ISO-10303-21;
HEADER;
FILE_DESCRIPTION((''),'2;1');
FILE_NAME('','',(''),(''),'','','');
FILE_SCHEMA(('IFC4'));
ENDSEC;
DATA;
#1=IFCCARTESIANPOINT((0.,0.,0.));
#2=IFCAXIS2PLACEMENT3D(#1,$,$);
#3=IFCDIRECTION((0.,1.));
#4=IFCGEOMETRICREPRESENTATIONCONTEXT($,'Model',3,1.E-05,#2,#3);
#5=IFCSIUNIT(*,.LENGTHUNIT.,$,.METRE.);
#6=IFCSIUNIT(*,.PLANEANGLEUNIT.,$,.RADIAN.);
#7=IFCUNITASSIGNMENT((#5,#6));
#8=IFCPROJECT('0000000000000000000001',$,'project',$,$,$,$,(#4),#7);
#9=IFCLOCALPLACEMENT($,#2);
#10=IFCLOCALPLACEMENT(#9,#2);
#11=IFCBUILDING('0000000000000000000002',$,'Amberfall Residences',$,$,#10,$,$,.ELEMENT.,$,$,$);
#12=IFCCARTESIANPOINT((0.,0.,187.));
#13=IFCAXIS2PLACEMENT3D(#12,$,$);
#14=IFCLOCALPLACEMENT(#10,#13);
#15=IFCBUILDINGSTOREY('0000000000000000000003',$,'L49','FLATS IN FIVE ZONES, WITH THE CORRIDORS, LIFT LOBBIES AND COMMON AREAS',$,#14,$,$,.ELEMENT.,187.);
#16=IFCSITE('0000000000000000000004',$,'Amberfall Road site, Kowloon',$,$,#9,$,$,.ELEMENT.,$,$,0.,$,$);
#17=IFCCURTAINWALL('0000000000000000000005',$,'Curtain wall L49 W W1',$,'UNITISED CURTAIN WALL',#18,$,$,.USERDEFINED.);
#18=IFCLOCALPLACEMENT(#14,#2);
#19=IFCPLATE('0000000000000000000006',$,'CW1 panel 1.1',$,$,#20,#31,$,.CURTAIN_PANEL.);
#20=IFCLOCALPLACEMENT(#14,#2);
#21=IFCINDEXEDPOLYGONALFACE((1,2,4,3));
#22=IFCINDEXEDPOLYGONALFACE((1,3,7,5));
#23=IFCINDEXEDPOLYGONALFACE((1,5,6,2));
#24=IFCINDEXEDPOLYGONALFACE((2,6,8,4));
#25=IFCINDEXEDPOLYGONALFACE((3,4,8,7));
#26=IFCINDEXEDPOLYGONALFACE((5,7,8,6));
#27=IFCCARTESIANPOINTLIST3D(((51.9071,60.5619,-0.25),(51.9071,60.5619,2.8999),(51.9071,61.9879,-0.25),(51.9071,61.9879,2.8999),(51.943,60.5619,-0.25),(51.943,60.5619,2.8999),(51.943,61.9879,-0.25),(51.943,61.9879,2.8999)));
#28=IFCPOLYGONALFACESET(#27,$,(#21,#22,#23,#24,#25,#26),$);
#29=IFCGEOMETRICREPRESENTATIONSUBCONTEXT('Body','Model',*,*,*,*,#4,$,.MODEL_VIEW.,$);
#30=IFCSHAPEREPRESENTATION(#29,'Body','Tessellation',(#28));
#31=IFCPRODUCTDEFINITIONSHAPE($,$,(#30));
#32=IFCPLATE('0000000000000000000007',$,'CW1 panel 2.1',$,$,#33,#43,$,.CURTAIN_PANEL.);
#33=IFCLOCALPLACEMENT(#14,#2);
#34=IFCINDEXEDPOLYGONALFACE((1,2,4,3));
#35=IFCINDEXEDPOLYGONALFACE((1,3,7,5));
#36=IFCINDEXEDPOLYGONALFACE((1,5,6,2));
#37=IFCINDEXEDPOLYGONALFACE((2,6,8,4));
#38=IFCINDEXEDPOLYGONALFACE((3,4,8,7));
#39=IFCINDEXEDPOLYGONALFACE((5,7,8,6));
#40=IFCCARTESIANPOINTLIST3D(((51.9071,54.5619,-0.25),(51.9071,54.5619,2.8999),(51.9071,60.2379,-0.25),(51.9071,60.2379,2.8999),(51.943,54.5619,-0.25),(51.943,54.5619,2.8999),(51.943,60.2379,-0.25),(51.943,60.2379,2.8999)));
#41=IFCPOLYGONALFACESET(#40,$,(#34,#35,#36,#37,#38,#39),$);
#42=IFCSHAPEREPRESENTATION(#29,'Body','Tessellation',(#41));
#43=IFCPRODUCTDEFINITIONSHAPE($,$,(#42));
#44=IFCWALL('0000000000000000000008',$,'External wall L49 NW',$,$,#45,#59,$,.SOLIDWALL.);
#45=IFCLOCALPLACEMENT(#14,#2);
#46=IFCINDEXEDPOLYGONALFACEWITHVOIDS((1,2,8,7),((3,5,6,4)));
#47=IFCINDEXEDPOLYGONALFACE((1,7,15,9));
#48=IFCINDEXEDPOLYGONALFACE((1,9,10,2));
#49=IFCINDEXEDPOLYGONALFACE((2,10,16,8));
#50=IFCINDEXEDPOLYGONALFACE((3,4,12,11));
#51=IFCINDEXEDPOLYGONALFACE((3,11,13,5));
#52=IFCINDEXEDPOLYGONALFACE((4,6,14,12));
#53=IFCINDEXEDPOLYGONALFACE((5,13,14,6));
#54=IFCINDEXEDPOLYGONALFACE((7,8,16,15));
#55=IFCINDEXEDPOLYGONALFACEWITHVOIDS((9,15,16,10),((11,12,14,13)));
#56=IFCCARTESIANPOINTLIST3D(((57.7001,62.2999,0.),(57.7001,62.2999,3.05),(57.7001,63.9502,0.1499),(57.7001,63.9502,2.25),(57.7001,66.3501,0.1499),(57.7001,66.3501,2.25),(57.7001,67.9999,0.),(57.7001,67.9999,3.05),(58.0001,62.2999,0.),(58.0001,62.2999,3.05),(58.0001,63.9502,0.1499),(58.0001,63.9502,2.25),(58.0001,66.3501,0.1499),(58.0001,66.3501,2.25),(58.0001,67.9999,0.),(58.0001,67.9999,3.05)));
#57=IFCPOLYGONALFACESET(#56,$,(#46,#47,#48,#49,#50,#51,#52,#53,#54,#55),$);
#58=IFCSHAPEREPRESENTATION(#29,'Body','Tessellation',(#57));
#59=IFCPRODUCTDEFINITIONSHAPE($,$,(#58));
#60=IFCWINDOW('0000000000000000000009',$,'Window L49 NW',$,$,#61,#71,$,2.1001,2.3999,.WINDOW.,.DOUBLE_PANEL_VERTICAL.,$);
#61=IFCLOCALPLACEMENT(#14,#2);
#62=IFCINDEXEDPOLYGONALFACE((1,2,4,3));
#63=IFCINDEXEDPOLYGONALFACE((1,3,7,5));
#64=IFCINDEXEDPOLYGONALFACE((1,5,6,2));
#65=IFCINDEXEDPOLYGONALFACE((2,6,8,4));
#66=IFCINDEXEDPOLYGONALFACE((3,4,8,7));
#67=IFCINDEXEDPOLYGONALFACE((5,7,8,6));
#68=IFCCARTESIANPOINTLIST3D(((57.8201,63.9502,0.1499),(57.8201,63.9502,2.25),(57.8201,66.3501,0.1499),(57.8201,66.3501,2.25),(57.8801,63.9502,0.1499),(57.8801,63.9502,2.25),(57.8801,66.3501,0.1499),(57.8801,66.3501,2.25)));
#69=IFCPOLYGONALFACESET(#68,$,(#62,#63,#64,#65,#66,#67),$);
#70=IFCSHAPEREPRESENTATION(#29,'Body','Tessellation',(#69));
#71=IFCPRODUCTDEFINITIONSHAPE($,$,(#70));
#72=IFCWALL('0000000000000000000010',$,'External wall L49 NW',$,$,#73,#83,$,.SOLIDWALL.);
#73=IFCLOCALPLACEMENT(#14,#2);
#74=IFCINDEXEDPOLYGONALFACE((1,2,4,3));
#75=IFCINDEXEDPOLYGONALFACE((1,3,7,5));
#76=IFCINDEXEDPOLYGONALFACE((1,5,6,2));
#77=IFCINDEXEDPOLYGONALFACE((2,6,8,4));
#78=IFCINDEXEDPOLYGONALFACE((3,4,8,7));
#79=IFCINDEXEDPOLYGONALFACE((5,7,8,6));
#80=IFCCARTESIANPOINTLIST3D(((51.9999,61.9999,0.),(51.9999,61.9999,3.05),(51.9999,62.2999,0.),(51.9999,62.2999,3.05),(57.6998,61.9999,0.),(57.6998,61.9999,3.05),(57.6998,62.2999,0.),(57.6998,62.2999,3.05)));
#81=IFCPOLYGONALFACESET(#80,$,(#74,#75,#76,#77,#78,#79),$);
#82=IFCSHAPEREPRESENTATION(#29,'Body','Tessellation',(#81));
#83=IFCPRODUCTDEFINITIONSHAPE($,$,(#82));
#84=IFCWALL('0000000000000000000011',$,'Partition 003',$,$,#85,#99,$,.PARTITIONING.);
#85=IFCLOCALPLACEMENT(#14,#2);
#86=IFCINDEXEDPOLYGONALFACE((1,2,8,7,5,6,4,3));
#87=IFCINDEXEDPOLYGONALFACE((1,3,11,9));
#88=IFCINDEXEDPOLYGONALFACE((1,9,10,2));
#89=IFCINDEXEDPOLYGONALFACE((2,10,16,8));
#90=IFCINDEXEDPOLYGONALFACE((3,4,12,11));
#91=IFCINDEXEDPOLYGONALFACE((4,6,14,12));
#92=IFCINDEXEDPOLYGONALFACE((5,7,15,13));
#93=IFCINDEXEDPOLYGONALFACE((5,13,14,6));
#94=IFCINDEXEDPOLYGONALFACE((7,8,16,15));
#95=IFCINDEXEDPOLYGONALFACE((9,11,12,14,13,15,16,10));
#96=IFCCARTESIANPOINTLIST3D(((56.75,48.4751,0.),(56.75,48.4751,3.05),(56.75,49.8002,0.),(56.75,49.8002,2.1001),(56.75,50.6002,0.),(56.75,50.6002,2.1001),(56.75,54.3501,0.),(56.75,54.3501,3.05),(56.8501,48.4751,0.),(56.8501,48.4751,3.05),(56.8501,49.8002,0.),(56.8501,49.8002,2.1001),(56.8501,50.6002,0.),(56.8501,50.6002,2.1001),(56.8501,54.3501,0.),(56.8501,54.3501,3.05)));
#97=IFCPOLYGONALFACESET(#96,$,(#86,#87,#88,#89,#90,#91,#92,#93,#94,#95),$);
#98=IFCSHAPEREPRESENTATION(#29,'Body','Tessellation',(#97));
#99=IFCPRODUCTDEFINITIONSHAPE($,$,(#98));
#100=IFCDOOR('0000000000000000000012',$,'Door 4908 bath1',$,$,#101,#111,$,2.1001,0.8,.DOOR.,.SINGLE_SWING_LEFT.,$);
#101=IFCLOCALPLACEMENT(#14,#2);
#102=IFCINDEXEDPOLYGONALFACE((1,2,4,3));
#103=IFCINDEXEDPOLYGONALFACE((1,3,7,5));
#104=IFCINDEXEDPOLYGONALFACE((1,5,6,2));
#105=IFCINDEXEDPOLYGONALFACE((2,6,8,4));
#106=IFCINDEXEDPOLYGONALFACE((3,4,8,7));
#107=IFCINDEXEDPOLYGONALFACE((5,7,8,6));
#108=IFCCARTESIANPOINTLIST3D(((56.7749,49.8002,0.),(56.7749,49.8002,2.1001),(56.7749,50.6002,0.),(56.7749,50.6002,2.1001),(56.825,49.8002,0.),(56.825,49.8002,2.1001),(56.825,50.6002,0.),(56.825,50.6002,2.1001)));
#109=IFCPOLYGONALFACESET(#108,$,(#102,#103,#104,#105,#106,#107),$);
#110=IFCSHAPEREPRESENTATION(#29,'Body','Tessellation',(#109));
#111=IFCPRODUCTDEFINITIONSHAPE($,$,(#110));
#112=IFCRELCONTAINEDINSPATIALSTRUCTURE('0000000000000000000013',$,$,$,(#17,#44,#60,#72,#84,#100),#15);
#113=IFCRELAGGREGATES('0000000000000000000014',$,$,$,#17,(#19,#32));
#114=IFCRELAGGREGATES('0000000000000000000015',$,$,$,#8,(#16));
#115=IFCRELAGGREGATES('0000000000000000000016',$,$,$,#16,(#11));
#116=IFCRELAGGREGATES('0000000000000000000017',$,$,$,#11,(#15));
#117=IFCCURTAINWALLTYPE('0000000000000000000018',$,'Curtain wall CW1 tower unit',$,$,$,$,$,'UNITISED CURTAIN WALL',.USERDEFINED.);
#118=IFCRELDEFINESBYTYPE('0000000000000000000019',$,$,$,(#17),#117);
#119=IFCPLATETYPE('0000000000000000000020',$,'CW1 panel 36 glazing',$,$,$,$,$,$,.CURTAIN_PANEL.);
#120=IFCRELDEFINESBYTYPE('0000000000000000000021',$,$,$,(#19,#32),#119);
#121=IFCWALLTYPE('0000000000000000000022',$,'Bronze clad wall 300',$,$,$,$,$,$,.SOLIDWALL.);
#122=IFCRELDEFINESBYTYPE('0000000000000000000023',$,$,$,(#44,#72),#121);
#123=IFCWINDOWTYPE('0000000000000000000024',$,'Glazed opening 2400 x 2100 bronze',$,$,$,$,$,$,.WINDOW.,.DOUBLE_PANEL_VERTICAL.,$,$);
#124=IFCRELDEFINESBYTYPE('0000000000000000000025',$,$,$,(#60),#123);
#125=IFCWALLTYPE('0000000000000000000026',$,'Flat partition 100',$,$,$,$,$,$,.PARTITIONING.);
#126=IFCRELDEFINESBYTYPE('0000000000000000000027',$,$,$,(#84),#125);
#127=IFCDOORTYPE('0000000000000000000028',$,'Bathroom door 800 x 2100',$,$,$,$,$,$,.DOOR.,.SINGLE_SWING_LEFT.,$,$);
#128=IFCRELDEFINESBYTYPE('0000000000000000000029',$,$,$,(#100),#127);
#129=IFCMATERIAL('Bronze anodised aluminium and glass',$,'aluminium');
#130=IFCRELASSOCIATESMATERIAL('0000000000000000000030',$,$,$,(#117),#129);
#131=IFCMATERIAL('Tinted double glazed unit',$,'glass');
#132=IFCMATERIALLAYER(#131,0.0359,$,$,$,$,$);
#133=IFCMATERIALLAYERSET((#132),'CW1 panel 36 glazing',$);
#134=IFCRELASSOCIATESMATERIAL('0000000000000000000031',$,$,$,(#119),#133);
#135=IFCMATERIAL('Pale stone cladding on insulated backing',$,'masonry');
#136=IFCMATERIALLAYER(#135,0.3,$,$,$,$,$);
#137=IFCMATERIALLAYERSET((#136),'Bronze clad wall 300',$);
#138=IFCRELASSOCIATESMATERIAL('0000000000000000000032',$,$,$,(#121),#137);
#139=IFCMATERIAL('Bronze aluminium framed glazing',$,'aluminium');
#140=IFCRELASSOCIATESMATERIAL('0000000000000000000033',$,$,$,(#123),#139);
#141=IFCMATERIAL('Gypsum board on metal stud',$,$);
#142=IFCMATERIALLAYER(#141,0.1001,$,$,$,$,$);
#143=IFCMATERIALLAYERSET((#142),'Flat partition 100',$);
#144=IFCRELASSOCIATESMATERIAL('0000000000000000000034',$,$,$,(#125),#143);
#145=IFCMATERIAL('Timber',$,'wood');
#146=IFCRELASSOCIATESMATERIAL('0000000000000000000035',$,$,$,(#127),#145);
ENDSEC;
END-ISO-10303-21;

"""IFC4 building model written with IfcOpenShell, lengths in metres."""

from ifc_helpers import new_model, si_unit, direction, frame, frame_2d, origin, origin_2d, place, context, subcontext, project, spatial, rectangle, extrude, material, layer, layer_set, type_object, element, fill, aggregate, save


model = new_model("IFC4")

# Units and contexts
model_context = context("Model", 3, precision=1e-05, world=origin(), true_north=direction((0.0, 1.0)))
body_context = subcontext(model_context, "Body", "Model", "MODEL_VIEW")
ifc_project = project(units=[si_unit("LENGTHUNIT", "METRE"), si_unit("PLANEANGLEUNIT", "RADIAN")], contexts=[model_context])

# Site, building, storey
site_placement = place(None, origin())
site = spatial("IfcSite", under=ifc_project, at=site_placement, Name="Amberfall Road site, Kowloon", CompositionType="ELEMENT", RefElevation=0.0)
building_placement = place(site_placement, origin())
building = spatial("IfcBuilding", under=site, at=building_placement, Name="Amberfall Residences", CompositionType="ELEMENT")
storey_placement = place(building_placement, frame((0.0, 0.0, 187.0)))
storey = spatial("IfcBuildingStorey", under=building, at=storey_placement, Name="L49", Description="FLATS IN FIVE ZONES, WITH THE CORRIDORS, LIFT LOBBIES AND COMMON AREAS", CompositionType="ELEMENT", Elevation=187.0)

# Curtain wall
ifc_material_1 = material(Name="Bronze anodised aluminium and glass", Category="aluminium")
curtain_wall_type = type_object("IfcCurtainWallType", Name="Curtain wall CW1 tower unit", ElementType="UNITISED CURTAIN WALL", PredefinedType="USERDEFINED", material=ifc_material_1)
curtain_wall_1_placement = place(storey_placement, origin())
curtain_wall_1 = element("IfcCurtainWall", 1, at=curtain_wall_1_placement, inside=storey, type_object=curtain_wall_type, Name="Curtain wall L49 W W1", ObjectType="UNITISED CURTAIN WALL", PredefinedType="USERDEFINED")

# Plates
ifc_material_2 = material(Name="Tinted double glazed unit", Category="glass")
ifc_layer_1 = layer(ifc_material_2, 0.0359)
ifc_layer_set_1 = layer_set([ifc_layer_1], Name="CW1 panel 36 glazing")
plate_type = type_object("IfcPlateType", Name="CW1 panel 36 glazing", PredefinedType="CURTAIN_PANEL", material=ifc_layer_set_1)
plate_1_placement = place(storey_placement, frame((51.925, 61.2749, -0.25), z_axis=(0.0, 0.0, 1.0), x_axis=(0.0, -1.0, 0.0)))
plate_1 = element("IfcPlate", 2, at=plate_1_placement, type_object=plate_type, Name="CW1 panel 1.1", PredefinedType="CURTAIN_PANEL", context=body_context, shape_type="SweptSolid", body=[
    extrude(rectangle(XDim=1.426, YDim=0.0359, at=origin_2d()), origin(), (0.0, 0.0, 1.0), 3.1499),
])
plate_2_placement = place(storey_placement, frame((51.925, 57.3999, -0.25), z_axis=(0.0, 0.0, 1.0), x_axis=(0.0, -1.0, 0.0)))
plate_2 = element("IfcPlate", 3, at=plate_2_placement, type_object=plate_type, Name="CW1 panel 2.1", PredefinedType="CURTAIN_PANEL", context=body_context, shape_type="SweptSolid", body=[
    extrude(rectangle(XDim=5.676, YDim=0.0359, at=origin_2d()), origin(), (0.0, 0.0, 1.0), 3.1499),
])
aggregate(curtain_wall_1, [plate_1, plate_2])

# Wall, opening, window
ifc_material_3 = material(Name="Pale stone cladding on insulated backing", Category="masonry")
ifc_layer_2 = layer(ifc_material_3, 0.3)
ifc_layer_set_2 = layer_set([ifc_layer_2], Name="Bronze clad wall 300")
wall_type_1 = type_object("IfcWallType", Name="Bronze clad wall 300", PredefinedType="SOLIDWALL", material=ifc_layer_set_2)
wall_1_placement = place(storey_placement, frame((57.8501, 68.0, 0.0), z_axis=(0.0, 0.0, 1.0), x_axis=(0.0, -1.0, 0.0)))
wall_1 = element("IfcWall", 4, at=wall_1_placement, inside=storey, type_object=wall_type_1, Name="External wall L49 NW", PredefinedType="SOLIDWALL", context=body_context, shape_type="SweptSolid", body=[
    extrude(rectangle(XDim=5.7, YDim=0.3, at=frame_2d((2.8501, 0.0))), origin(), (0.0, 0.0, 1.0), 3.05),
])
opening_1_placement = place(wall_1_placement, frame((1.6499, 0.0, 0.1499)))
opening_1 = element("IfcOpeningElement", 5, at=opening_1_placement, cuts=wall_1, PredefinedType="OPENING", context=body_context, shape_type="SweptSolid", body=[
    extrude(rectangle(XDim=2.3999, YDim=2.1001, at=frame_2d((1.2, 1.05))), frame((0.0, 0.1599, 0.0), z_axis=(0.0, -1.0, 0.0), x_axis=(1.0, 0.0, 0.0)), (0.0, 0.0, 1.0), 0.3201),
])
ifc_material_4 = material(Name="Bronze aluminium framed glazing", Category="aluminium")
window_type = type_object("IfcWindowType", Name="Glazed opening 2400 x 2100 bronze", PartitioningType="DOUBLE_PANEL_VERTICAL", PredefinedType="WINDOW", material=ifc_material_4)
window_placement = place(opening_1_placement, origin())
window = element("IfcWindow", 6, at=window_placement, inside=storey, type_object=window_type, Name="Window L49 NW", OverallHeight=2.1001, OverallWidth=2.3999, PartitioningType="DOUBLE_PANEL_VERTICAL", PredefinedType="WINDOW", context=body_context, shape_type="SweptSolid", body=[
    extrude(rectangle(XDim=2.3999, YDim=2.1001, at=frame_2d((1.2, 1.05))), frame((0.0, 0.03, 0.0), z_axis=(0.0, -1.0, 0.0), x_axis=(1.0, 0.0, 0.0)), (0.0, 0.0, 1.0), 0.0601),
])
fill(opening_1, window)

# Wall
wall_2_placement = place(storey_placement, frame((57.7, 62.1499, 0.0), z_axis=(0.0, 0.0, 1.0), x_axis=(-1.0, 0.0, 0.0)))
element("IfcWall", 7, at=wall_2_placement, inside=storey, type_object=wall_type_1, Name="External wall L49 NW", PredefinedType="SOLIDWALL", context=body_context, shape_type="SweptSolid", body=[
    extrude(rectangle(XDim=5.7, YDim=0.3, at=frame_2d((2.8501, 0.0))), origin(), (0.0, 0.0, 1.0), 3.05),
])

# Wall, opening, door
ifc_material_5 = material(Name="Gypsum board on metal stud")
ifc_layer_3 = layer(ifc_material_5, 0.1001)
ifc_layer_set_3 = layer_set([ifc_layer_3], Name="Flat partition 100")
wall_type_2 = type_object("IfcWallType", Name="Flat partition 100", PredefinedType="PARTITIONING", material=ifc_layer_set_3)
wall_3_placement = place(storey_placement, frame((56.8, 54.3501, 0.0), z_axis=(0.0, 0.0, 1.0), x_axis=(0.0, -1.0, 0.0)))
wall_3 = element("IfcWall", 8, at=wall_3_placement, inside=storey, type_object=wall_type_2, Name="Partition 003", PredefinedType="PARTITIONING", context=body_context, shape_type="SweptSolid", body=[
    extrude(rectangle(XDim=5.875, YDim=0.1001, at=frame_2d((2.9375, 0.0))), origin(), (0.0, 0.0, 1.0), 3.05),
])
opening_2_placement = place(wall_3_placement, frame((3.75, 0.0, 0.0)))
opening_2 = element("IfcOpeningElement", 9, at=opening_2_placement, cuts=wall_3, PredefinedType="OPENING", context=body_context, shape_type="SweptSolid", body=[
    extrude(rectangle(XDim=0.8, YDim=2.1001, at=frame_2d((0.3999, 1.05))), frame((0.0, 0.0601, 0.0), z_axis=(0.0, -1.0, 0.0), x_axis=(1.0, 0.0, 0.0)), (0.0, 0.0, 1.0), 0.1201),
])
ifc_material_6 = material(Name="Timber", Category="wood")
door_type = type_object("IfcDoorType", Name="Bathroom door 800 x 2100", OperationType="SINGLE_SWING_LEFT", PredefinedType="DOOR", material=ifc_material_6)
door_placement = place(opening_2_placement, origin())
door = element("IfcDoor", 10, at=door_placement, inside=storey, type_object=door_type, Name="Door 4908 bath1", OperationType="SINGLE_SWING_LEFT", OverallHeight=2.1001, OverallWidth=0.8, PredefinedType="DOOR", context=body_context, shape_type="SweptSolid", body=[
    extrude(rectangle(XDim=0.8, YDim=2.1001, at=frame_2d((0.3999, 1.05))), frame((0.0, 0.0249, 0.0), z_axis=(0.0, -1.0, 0.0), x_axis=(1.0, 0.0, 0.0)), (0.0, 0.0, 1.0), 0.05),
])
fill(opening_2, door)

save(model, "model.ifc")
